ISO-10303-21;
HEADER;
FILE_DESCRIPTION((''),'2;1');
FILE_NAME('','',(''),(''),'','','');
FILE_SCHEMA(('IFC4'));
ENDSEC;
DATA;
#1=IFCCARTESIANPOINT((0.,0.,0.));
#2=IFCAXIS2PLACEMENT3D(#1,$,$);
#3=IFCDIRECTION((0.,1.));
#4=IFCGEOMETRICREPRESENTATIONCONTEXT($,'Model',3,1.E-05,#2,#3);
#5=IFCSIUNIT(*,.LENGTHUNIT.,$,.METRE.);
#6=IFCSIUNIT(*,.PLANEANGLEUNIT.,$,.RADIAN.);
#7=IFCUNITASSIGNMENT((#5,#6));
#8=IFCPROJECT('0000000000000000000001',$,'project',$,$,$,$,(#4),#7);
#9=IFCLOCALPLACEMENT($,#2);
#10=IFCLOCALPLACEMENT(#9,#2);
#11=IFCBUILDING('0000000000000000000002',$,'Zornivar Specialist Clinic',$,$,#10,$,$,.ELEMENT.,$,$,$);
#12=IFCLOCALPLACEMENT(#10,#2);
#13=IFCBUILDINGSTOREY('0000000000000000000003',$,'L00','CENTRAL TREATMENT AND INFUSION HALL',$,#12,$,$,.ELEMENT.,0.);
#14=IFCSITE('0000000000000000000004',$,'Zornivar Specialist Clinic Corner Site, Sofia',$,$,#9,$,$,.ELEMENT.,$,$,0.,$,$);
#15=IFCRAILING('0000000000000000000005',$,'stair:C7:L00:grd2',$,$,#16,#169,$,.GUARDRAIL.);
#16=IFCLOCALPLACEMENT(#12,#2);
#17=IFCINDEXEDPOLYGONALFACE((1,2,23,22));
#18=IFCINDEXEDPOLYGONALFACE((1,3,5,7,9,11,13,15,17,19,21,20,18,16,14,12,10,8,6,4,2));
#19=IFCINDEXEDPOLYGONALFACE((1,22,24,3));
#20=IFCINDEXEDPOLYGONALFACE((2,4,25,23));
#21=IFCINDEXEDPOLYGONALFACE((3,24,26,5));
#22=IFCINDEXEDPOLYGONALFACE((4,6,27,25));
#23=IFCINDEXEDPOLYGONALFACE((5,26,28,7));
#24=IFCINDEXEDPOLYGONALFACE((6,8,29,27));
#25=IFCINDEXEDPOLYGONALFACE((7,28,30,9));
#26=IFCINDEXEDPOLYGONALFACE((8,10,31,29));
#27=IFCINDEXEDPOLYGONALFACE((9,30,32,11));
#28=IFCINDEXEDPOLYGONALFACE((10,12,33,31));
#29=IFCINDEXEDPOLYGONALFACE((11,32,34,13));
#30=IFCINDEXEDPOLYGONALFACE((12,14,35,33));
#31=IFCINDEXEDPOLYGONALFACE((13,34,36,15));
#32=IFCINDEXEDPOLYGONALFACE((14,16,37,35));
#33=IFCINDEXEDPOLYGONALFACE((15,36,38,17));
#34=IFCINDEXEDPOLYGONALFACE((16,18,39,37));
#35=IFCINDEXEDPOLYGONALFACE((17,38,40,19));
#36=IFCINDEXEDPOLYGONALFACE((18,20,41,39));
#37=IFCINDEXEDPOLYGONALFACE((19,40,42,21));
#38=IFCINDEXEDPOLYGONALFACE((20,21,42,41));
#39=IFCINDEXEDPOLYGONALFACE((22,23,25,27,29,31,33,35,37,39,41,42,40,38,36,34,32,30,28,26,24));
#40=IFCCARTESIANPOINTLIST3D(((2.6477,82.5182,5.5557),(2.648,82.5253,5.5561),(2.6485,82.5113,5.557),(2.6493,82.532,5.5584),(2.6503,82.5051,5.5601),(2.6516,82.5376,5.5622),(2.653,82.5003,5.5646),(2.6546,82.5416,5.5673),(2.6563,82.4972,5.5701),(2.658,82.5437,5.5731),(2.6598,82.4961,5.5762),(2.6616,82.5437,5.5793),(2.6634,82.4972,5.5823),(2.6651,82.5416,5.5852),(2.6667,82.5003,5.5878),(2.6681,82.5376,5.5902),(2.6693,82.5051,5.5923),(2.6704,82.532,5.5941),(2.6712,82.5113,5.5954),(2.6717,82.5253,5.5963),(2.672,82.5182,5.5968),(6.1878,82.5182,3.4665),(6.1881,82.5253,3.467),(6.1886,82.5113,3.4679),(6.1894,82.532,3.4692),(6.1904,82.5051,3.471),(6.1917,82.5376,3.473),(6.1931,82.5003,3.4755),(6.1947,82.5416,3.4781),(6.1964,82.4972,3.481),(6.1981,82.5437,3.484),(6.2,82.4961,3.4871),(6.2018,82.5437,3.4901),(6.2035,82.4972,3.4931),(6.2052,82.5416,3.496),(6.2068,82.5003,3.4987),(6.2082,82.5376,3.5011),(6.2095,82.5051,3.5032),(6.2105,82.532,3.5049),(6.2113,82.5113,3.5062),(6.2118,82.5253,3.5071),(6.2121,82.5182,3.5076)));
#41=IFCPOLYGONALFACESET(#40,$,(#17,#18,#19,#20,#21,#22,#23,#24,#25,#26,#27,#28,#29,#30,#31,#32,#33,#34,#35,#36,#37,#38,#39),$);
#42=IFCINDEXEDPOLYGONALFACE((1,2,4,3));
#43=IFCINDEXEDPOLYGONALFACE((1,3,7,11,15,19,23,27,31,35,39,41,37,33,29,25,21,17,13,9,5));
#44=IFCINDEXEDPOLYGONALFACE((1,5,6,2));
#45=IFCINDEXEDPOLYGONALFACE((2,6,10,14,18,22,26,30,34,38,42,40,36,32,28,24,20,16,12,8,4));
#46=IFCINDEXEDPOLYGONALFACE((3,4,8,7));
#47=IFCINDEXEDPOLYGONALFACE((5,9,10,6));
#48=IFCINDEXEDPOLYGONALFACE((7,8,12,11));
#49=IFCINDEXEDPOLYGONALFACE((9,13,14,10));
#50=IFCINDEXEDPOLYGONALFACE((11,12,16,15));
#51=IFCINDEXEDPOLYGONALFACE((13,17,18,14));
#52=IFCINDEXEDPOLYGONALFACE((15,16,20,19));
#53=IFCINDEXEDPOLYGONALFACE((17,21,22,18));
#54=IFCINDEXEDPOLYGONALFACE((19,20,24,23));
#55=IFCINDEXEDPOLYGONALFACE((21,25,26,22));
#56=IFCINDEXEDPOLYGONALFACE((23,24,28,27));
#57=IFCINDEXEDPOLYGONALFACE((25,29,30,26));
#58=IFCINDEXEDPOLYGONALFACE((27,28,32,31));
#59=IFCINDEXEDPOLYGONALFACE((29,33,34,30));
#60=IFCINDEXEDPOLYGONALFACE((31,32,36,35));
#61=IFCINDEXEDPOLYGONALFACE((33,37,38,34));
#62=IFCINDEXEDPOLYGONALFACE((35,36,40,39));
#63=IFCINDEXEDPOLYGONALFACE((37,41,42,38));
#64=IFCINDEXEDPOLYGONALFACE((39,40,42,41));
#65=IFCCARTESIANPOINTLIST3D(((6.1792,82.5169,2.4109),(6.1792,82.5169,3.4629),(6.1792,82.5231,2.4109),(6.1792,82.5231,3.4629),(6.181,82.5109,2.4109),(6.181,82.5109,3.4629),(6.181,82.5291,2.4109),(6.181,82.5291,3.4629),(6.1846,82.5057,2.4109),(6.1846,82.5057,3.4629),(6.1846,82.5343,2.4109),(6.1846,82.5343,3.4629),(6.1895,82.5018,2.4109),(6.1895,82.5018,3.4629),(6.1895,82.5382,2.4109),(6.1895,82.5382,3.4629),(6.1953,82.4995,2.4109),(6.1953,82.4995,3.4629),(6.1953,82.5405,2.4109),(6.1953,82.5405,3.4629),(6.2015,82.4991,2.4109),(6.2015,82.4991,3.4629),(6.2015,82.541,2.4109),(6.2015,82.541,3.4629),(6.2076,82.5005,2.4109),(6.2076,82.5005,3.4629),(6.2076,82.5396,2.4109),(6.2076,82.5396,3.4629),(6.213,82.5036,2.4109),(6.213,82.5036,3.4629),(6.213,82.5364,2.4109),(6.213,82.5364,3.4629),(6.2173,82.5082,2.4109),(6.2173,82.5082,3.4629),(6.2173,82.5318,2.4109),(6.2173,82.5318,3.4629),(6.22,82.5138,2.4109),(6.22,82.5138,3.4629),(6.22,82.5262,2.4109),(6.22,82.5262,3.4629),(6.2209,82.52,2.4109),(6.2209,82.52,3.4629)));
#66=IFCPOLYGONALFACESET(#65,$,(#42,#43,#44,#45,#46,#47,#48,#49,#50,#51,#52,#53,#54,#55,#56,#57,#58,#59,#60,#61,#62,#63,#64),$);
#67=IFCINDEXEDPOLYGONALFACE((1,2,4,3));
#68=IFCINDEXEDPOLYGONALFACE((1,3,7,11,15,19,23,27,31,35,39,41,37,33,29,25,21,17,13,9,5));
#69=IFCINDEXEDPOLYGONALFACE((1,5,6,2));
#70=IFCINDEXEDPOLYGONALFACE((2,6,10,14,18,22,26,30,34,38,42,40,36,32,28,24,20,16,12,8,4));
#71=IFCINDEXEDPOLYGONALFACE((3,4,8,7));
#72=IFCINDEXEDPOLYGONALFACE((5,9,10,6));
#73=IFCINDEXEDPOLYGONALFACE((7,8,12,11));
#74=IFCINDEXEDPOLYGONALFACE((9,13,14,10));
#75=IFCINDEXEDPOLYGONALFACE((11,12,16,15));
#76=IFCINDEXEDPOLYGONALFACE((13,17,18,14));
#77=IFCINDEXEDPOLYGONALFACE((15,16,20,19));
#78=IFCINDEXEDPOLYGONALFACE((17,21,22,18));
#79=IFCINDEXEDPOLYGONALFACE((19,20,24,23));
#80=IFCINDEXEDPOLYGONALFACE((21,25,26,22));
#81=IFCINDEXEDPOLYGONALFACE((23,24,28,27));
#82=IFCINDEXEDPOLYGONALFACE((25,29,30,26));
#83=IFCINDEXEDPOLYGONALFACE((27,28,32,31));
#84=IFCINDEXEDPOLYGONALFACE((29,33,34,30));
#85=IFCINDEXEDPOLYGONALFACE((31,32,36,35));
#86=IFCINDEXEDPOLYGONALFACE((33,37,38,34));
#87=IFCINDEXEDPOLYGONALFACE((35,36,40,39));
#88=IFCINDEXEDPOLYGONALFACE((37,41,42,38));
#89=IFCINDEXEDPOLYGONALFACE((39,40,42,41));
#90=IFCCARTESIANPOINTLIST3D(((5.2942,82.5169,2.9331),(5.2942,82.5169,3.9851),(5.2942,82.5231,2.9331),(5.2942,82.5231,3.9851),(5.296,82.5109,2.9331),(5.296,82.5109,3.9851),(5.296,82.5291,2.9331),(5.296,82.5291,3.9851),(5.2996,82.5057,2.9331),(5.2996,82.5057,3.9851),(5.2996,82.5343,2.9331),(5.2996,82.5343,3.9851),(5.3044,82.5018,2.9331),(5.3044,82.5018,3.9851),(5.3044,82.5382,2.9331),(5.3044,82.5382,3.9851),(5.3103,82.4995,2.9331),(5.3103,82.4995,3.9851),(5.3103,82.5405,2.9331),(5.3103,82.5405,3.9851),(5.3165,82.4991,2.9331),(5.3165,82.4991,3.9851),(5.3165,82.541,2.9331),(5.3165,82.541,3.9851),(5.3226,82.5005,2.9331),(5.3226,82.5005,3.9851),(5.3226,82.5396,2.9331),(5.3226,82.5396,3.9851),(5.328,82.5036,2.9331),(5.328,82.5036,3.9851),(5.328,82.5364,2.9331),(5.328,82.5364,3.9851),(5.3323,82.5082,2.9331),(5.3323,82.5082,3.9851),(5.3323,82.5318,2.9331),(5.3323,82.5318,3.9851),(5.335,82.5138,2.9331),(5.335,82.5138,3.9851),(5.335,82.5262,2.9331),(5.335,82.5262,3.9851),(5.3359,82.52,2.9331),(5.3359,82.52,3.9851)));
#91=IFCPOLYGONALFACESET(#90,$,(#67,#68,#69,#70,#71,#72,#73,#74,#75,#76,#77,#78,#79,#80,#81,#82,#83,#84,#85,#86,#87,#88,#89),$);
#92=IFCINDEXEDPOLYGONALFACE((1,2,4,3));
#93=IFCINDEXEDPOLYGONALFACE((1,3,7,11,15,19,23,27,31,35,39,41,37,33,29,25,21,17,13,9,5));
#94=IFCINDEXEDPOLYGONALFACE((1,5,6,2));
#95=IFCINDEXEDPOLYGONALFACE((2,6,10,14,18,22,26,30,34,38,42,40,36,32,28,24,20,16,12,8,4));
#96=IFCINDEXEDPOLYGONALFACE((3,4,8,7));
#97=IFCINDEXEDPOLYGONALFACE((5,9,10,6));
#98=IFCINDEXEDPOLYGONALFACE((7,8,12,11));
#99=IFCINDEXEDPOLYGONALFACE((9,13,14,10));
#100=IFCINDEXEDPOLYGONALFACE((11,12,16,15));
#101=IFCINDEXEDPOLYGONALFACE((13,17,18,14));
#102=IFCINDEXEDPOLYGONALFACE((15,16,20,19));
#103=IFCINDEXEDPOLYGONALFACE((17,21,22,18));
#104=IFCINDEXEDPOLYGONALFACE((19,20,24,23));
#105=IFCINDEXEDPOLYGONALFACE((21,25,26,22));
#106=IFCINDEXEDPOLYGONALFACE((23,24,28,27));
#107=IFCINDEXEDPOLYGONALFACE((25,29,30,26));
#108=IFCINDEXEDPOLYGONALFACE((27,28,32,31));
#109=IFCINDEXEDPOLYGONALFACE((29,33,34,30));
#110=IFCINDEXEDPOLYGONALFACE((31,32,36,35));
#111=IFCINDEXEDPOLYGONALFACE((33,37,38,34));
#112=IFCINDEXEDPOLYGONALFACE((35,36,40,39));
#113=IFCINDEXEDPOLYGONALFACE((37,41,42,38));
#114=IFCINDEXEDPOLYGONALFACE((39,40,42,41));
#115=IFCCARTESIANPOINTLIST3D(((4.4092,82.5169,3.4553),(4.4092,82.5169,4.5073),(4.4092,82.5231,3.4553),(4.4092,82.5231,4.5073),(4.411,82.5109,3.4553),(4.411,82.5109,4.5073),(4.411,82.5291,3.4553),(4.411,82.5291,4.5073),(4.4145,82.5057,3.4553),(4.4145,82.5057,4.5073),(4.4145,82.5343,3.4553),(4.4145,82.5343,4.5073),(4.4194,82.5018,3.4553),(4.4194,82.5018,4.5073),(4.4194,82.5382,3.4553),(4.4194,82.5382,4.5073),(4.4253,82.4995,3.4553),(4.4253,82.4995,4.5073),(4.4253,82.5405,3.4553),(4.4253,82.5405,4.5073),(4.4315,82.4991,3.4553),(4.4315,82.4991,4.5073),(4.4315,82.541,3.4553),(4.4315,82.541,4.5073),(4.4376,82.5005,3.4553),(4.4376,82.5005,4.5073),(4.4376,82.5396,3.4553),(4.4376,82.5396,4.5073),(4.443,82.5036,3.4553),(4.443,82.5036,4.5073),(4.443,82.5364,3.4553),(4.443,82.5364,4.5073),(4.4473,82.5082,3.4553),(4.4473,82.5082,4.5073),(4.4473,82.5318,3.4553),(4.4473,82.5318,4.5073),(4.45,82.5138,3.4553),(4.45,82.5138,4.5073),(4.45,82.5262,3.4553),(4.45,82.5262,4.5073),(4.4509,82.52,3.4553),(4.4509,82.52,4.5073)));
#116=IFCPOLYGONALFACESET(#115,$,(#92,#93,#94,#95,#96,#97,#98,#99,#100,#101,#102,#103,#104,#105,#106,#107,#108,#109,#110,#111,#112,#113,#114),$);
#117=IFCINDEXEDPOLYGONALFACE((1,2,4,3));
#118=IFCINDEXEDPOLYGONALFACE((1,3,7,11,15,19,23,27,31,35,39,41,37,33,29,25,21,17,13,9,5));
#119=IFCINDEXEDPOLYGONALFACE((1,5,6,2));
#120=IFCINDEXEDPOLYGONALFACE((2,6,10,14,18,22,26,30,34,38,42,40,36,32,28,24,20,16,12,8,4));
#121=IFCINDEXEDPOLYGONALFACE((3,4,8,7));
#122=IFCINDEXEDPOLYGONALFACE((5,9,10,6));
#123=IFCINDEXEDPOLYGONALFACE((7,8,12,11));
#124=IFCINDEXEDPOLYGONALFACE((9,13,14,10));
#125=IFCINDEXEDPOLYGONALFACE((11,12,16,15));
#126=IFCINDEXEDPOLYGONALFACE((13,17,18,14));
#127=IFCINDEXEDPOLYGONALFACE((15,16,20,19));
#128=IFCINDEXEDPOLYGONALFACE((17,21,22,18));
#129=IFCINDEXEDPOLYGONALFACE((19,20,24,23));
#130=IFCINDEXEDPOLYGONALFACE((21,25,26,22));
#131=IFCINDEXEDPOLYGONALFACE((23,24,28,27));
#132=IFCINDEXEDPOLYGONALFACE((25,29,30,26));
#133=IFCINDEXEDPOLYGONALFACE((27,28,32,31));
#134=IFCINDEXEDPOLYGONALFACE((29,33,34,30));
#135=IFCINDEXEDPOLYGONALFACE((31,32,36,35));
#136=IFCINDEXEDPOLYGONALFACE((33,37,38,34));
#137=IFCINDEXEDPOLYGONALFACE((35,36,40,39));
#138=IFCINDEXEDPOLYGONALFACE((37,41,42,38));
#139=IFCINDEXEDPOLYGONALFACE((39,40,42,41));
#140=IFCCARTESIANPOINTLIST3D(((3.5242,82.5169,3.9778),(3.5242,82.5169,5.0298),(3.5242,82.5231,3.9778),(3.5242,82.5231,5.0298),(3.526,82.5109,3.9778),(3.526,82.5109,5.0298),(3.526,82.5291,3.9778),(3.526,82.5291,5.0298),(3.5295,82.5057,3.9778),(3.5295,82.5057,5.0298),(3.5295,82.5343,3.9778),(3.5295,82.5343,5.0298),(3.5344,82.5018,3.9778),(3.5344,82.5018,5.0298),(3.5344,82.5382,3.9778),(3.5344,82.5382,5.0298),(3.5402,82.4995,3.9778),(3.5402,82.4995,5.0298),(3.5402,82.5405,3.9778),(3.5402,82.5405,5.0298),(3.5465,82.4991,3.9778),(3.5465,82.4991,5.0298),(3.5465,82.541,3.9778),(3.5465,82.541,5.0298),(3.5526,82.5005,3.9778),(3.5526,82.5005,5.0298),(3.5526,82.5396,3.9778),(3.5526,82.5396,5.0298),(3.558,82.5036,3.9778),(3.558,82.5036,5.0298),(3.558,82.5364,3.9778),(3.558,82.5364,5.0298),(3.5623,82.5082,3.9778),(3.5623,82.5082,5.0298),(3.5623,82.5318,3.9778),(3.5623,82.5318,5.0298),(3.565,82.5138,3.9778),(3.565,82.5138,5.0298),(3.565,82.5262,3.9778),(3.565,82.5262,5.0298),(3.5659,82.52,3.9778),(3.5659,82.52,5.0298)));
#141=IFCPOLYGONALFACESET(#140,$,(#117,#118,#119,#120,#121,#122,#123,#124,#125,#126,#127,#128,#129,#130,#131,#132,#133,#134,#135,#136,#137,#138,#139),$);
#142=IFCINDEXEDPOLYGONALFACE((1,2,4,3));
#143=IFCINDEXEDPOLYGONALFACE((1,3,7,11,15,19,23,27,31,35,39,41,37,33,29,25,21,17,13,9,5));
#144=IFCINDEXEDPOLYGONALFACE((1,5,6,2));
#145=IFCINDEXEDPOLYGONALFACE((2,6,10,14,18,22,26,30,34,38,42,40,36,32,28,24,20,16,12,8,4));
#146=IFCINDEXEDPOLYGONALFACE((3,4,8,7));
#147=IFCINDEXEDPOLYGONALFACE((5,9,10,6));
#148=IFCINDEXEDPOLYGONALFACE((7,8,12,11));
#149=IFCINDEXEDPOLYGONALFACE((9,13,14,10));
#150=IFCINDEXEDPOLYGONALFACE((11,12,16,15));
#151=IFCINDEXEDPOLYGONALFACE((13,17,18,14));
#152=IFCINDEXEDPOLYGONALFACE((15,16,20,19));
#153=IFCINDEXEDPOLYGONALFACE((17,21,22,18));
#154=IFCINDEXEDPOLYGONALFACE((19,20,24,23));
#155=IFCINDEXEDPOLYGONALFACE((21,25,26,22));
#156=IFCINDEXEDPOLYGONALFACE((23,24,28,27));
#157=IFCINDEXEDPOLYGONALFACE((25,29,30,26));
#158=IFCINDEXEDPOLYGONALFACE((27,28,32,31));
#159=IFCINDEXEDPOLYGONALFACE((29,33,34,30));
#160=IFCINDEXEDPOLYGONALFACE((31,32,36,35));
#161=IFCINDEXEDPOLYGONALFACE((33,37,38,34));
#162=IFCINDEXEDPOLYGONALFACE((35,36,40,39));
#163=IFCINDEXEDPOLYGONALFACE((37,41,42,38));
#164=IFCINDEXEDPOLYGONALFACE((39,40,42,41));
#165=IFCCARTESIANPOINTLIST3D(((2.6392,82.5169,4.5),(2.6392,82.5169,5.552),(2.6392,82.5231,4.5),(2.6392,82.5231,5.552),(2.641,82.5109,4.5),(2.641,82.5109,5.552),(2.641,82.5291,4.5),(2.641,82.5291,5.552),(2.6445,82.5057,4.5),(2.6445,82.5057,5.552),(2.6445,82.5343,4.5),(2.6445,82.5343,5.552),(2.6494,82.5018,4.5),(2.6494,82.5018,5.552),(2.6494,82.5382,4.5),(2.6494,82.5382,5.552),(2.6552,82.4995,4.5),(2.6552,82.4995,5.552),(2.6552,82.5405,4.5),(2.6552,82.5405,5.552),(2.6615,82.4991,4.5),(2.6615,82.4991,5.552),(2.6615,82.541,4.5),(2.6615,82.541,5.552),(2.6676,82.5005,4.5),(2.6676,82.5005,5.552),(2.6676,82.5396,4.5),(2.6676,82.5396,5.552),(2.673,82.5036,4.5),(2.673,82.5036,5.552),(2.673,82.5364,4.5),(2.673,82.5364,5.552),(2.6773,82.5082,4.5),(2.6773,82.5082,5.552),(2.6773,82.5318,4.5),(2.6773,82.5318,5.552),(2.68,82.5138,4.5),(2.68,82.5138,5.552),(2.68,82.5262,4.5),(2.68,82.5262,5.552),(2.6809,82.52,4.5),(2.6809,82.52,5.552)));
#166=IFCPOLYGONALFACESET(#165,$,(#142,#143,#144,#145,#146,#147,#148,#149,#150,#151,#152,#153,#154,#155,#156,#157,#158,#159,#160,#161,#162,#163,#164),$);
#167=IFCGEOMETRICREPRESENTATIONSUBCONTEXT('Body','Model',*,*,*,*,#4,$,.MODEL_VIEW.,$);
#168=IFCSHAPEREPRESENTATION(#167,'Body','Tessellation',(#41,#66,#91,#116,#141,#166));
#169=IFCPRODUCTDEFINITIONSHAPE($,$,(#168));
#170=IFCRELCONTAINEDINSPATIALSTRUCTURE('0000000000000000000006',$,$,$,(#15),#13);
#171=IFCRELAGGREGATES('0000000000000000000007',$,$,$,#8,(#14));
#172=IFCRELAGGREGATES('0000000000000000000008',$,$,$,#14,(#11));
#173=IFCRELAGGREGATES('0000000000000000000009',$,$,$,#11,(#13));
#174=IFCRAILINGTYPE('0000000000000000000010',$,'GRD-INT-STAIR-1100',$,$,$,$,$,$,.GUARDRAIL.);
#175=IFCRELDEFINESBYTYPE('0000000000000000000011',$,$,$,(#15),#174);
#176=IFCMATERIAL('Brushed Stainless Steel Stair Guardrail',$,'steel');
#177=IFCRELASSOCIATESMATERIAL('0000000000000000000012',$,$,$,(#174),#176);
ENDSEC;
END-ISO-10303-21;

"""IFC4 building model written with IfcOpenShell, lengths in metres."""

from ifc_helpers import new_model, si_unit, direction, frame, origin, origin_2d, place, context, subcontext, project, spatial, circle, extrude, material, type_object, element, save


model = new_model("IFC4")

# Units and contexts
model_context = context("Model", 3, precision=1e-05, world=origin(), true_north=direction((0.0, 1.0)))
body_context = subcontext(model_context, "Body", "Model", "MODEL_VIEW")
ifc_project = project(units=[si_unit("LENGTHUNIT", "METRE"), si_unit("PLANEANGLEUNIT", "RADIAN")], contexts=[model_context])

# Site, building, storey
site_placement = place(None, origin())
site = spatial("IfcSite", under=ifc_project, at=site_placement, Name="Zornivar Specialist Clinic Corner Site, Sofia", CompositionType="ELEMENT", RefElevation=0.0)
building_placement = place(site_placement, origin())
building = spatial("IfcBuilding", under=site, at=building_placement, Name="Zornivar Specialist Clinic", CompositionType="ELEMENT")
storey_placement = place(building_placement, origin())
storey = spatial("IfcBuildingStorey", under=building, at=storey_placement, Name="L00", Description="CENTRAL TREATMENT AND INFUSION HALL", CompositionType="ELEMENT", Elevation=0.0)

# Railing
ifc_material_1 = material(Name="Brushed Stainless Steel Stair Guardrail", Category="steel")
railing_type_1 = type_object("IfcRailingType", Name="GRD-INT-STAIR-1100", PredefinedType="GUARDRAIL", material=ifc_material_1)
railing_1_placement = place(storey_placement, frame((6.2, 82.52, 2.4109)))
element("IfcRailing", 1, at=railing_1_placement, inside=storey, type_object=railing_type_1, Name="stair:C7:L00:grd2", PredefinedType="GUARDRAIL", context=body_context, shape_type="SweptSolid", body=[
    extrude(circle(Radius=0.0239, at=origin_2d()), frame((0.0, 0.0, 1.0762), z_axis=(-0.861217, 0.0, 0.508237), x_axis=(0.0, -1.0, 0.0)), (0.0, 0.0, 1.0), 4.1106),
    extrude(circle(Radius=0.021, at=origin_2d()), origin(), (0.0, 0.0, 1.0), 1.052),
    extrude(circle(Radius=0.021, at=origin_2d()), frame((-0.885, 0.0, 0.5222)), (0.0, 0.0, 1.0), 1.052),
    extrude(circle(Radius=0.021, at=origin_2d()), frame((-1.77, 0.0, 1.0444)), (0.0, 0.0, 1.0), 1.052),
    extrude(circle(Radius=0.021, at=origin_2d()), frame((-2.655, 0.0, 1.5669)), (0.0, 0.0, 1.0), 1.052),
    extrude(circle(Radius=0.021, at=origin_2d()), frame((-3.54, 0.0, 2.0891)), (0.0, 0.0, 1.0), 1.052),
])

save(model, "model.ifc")
